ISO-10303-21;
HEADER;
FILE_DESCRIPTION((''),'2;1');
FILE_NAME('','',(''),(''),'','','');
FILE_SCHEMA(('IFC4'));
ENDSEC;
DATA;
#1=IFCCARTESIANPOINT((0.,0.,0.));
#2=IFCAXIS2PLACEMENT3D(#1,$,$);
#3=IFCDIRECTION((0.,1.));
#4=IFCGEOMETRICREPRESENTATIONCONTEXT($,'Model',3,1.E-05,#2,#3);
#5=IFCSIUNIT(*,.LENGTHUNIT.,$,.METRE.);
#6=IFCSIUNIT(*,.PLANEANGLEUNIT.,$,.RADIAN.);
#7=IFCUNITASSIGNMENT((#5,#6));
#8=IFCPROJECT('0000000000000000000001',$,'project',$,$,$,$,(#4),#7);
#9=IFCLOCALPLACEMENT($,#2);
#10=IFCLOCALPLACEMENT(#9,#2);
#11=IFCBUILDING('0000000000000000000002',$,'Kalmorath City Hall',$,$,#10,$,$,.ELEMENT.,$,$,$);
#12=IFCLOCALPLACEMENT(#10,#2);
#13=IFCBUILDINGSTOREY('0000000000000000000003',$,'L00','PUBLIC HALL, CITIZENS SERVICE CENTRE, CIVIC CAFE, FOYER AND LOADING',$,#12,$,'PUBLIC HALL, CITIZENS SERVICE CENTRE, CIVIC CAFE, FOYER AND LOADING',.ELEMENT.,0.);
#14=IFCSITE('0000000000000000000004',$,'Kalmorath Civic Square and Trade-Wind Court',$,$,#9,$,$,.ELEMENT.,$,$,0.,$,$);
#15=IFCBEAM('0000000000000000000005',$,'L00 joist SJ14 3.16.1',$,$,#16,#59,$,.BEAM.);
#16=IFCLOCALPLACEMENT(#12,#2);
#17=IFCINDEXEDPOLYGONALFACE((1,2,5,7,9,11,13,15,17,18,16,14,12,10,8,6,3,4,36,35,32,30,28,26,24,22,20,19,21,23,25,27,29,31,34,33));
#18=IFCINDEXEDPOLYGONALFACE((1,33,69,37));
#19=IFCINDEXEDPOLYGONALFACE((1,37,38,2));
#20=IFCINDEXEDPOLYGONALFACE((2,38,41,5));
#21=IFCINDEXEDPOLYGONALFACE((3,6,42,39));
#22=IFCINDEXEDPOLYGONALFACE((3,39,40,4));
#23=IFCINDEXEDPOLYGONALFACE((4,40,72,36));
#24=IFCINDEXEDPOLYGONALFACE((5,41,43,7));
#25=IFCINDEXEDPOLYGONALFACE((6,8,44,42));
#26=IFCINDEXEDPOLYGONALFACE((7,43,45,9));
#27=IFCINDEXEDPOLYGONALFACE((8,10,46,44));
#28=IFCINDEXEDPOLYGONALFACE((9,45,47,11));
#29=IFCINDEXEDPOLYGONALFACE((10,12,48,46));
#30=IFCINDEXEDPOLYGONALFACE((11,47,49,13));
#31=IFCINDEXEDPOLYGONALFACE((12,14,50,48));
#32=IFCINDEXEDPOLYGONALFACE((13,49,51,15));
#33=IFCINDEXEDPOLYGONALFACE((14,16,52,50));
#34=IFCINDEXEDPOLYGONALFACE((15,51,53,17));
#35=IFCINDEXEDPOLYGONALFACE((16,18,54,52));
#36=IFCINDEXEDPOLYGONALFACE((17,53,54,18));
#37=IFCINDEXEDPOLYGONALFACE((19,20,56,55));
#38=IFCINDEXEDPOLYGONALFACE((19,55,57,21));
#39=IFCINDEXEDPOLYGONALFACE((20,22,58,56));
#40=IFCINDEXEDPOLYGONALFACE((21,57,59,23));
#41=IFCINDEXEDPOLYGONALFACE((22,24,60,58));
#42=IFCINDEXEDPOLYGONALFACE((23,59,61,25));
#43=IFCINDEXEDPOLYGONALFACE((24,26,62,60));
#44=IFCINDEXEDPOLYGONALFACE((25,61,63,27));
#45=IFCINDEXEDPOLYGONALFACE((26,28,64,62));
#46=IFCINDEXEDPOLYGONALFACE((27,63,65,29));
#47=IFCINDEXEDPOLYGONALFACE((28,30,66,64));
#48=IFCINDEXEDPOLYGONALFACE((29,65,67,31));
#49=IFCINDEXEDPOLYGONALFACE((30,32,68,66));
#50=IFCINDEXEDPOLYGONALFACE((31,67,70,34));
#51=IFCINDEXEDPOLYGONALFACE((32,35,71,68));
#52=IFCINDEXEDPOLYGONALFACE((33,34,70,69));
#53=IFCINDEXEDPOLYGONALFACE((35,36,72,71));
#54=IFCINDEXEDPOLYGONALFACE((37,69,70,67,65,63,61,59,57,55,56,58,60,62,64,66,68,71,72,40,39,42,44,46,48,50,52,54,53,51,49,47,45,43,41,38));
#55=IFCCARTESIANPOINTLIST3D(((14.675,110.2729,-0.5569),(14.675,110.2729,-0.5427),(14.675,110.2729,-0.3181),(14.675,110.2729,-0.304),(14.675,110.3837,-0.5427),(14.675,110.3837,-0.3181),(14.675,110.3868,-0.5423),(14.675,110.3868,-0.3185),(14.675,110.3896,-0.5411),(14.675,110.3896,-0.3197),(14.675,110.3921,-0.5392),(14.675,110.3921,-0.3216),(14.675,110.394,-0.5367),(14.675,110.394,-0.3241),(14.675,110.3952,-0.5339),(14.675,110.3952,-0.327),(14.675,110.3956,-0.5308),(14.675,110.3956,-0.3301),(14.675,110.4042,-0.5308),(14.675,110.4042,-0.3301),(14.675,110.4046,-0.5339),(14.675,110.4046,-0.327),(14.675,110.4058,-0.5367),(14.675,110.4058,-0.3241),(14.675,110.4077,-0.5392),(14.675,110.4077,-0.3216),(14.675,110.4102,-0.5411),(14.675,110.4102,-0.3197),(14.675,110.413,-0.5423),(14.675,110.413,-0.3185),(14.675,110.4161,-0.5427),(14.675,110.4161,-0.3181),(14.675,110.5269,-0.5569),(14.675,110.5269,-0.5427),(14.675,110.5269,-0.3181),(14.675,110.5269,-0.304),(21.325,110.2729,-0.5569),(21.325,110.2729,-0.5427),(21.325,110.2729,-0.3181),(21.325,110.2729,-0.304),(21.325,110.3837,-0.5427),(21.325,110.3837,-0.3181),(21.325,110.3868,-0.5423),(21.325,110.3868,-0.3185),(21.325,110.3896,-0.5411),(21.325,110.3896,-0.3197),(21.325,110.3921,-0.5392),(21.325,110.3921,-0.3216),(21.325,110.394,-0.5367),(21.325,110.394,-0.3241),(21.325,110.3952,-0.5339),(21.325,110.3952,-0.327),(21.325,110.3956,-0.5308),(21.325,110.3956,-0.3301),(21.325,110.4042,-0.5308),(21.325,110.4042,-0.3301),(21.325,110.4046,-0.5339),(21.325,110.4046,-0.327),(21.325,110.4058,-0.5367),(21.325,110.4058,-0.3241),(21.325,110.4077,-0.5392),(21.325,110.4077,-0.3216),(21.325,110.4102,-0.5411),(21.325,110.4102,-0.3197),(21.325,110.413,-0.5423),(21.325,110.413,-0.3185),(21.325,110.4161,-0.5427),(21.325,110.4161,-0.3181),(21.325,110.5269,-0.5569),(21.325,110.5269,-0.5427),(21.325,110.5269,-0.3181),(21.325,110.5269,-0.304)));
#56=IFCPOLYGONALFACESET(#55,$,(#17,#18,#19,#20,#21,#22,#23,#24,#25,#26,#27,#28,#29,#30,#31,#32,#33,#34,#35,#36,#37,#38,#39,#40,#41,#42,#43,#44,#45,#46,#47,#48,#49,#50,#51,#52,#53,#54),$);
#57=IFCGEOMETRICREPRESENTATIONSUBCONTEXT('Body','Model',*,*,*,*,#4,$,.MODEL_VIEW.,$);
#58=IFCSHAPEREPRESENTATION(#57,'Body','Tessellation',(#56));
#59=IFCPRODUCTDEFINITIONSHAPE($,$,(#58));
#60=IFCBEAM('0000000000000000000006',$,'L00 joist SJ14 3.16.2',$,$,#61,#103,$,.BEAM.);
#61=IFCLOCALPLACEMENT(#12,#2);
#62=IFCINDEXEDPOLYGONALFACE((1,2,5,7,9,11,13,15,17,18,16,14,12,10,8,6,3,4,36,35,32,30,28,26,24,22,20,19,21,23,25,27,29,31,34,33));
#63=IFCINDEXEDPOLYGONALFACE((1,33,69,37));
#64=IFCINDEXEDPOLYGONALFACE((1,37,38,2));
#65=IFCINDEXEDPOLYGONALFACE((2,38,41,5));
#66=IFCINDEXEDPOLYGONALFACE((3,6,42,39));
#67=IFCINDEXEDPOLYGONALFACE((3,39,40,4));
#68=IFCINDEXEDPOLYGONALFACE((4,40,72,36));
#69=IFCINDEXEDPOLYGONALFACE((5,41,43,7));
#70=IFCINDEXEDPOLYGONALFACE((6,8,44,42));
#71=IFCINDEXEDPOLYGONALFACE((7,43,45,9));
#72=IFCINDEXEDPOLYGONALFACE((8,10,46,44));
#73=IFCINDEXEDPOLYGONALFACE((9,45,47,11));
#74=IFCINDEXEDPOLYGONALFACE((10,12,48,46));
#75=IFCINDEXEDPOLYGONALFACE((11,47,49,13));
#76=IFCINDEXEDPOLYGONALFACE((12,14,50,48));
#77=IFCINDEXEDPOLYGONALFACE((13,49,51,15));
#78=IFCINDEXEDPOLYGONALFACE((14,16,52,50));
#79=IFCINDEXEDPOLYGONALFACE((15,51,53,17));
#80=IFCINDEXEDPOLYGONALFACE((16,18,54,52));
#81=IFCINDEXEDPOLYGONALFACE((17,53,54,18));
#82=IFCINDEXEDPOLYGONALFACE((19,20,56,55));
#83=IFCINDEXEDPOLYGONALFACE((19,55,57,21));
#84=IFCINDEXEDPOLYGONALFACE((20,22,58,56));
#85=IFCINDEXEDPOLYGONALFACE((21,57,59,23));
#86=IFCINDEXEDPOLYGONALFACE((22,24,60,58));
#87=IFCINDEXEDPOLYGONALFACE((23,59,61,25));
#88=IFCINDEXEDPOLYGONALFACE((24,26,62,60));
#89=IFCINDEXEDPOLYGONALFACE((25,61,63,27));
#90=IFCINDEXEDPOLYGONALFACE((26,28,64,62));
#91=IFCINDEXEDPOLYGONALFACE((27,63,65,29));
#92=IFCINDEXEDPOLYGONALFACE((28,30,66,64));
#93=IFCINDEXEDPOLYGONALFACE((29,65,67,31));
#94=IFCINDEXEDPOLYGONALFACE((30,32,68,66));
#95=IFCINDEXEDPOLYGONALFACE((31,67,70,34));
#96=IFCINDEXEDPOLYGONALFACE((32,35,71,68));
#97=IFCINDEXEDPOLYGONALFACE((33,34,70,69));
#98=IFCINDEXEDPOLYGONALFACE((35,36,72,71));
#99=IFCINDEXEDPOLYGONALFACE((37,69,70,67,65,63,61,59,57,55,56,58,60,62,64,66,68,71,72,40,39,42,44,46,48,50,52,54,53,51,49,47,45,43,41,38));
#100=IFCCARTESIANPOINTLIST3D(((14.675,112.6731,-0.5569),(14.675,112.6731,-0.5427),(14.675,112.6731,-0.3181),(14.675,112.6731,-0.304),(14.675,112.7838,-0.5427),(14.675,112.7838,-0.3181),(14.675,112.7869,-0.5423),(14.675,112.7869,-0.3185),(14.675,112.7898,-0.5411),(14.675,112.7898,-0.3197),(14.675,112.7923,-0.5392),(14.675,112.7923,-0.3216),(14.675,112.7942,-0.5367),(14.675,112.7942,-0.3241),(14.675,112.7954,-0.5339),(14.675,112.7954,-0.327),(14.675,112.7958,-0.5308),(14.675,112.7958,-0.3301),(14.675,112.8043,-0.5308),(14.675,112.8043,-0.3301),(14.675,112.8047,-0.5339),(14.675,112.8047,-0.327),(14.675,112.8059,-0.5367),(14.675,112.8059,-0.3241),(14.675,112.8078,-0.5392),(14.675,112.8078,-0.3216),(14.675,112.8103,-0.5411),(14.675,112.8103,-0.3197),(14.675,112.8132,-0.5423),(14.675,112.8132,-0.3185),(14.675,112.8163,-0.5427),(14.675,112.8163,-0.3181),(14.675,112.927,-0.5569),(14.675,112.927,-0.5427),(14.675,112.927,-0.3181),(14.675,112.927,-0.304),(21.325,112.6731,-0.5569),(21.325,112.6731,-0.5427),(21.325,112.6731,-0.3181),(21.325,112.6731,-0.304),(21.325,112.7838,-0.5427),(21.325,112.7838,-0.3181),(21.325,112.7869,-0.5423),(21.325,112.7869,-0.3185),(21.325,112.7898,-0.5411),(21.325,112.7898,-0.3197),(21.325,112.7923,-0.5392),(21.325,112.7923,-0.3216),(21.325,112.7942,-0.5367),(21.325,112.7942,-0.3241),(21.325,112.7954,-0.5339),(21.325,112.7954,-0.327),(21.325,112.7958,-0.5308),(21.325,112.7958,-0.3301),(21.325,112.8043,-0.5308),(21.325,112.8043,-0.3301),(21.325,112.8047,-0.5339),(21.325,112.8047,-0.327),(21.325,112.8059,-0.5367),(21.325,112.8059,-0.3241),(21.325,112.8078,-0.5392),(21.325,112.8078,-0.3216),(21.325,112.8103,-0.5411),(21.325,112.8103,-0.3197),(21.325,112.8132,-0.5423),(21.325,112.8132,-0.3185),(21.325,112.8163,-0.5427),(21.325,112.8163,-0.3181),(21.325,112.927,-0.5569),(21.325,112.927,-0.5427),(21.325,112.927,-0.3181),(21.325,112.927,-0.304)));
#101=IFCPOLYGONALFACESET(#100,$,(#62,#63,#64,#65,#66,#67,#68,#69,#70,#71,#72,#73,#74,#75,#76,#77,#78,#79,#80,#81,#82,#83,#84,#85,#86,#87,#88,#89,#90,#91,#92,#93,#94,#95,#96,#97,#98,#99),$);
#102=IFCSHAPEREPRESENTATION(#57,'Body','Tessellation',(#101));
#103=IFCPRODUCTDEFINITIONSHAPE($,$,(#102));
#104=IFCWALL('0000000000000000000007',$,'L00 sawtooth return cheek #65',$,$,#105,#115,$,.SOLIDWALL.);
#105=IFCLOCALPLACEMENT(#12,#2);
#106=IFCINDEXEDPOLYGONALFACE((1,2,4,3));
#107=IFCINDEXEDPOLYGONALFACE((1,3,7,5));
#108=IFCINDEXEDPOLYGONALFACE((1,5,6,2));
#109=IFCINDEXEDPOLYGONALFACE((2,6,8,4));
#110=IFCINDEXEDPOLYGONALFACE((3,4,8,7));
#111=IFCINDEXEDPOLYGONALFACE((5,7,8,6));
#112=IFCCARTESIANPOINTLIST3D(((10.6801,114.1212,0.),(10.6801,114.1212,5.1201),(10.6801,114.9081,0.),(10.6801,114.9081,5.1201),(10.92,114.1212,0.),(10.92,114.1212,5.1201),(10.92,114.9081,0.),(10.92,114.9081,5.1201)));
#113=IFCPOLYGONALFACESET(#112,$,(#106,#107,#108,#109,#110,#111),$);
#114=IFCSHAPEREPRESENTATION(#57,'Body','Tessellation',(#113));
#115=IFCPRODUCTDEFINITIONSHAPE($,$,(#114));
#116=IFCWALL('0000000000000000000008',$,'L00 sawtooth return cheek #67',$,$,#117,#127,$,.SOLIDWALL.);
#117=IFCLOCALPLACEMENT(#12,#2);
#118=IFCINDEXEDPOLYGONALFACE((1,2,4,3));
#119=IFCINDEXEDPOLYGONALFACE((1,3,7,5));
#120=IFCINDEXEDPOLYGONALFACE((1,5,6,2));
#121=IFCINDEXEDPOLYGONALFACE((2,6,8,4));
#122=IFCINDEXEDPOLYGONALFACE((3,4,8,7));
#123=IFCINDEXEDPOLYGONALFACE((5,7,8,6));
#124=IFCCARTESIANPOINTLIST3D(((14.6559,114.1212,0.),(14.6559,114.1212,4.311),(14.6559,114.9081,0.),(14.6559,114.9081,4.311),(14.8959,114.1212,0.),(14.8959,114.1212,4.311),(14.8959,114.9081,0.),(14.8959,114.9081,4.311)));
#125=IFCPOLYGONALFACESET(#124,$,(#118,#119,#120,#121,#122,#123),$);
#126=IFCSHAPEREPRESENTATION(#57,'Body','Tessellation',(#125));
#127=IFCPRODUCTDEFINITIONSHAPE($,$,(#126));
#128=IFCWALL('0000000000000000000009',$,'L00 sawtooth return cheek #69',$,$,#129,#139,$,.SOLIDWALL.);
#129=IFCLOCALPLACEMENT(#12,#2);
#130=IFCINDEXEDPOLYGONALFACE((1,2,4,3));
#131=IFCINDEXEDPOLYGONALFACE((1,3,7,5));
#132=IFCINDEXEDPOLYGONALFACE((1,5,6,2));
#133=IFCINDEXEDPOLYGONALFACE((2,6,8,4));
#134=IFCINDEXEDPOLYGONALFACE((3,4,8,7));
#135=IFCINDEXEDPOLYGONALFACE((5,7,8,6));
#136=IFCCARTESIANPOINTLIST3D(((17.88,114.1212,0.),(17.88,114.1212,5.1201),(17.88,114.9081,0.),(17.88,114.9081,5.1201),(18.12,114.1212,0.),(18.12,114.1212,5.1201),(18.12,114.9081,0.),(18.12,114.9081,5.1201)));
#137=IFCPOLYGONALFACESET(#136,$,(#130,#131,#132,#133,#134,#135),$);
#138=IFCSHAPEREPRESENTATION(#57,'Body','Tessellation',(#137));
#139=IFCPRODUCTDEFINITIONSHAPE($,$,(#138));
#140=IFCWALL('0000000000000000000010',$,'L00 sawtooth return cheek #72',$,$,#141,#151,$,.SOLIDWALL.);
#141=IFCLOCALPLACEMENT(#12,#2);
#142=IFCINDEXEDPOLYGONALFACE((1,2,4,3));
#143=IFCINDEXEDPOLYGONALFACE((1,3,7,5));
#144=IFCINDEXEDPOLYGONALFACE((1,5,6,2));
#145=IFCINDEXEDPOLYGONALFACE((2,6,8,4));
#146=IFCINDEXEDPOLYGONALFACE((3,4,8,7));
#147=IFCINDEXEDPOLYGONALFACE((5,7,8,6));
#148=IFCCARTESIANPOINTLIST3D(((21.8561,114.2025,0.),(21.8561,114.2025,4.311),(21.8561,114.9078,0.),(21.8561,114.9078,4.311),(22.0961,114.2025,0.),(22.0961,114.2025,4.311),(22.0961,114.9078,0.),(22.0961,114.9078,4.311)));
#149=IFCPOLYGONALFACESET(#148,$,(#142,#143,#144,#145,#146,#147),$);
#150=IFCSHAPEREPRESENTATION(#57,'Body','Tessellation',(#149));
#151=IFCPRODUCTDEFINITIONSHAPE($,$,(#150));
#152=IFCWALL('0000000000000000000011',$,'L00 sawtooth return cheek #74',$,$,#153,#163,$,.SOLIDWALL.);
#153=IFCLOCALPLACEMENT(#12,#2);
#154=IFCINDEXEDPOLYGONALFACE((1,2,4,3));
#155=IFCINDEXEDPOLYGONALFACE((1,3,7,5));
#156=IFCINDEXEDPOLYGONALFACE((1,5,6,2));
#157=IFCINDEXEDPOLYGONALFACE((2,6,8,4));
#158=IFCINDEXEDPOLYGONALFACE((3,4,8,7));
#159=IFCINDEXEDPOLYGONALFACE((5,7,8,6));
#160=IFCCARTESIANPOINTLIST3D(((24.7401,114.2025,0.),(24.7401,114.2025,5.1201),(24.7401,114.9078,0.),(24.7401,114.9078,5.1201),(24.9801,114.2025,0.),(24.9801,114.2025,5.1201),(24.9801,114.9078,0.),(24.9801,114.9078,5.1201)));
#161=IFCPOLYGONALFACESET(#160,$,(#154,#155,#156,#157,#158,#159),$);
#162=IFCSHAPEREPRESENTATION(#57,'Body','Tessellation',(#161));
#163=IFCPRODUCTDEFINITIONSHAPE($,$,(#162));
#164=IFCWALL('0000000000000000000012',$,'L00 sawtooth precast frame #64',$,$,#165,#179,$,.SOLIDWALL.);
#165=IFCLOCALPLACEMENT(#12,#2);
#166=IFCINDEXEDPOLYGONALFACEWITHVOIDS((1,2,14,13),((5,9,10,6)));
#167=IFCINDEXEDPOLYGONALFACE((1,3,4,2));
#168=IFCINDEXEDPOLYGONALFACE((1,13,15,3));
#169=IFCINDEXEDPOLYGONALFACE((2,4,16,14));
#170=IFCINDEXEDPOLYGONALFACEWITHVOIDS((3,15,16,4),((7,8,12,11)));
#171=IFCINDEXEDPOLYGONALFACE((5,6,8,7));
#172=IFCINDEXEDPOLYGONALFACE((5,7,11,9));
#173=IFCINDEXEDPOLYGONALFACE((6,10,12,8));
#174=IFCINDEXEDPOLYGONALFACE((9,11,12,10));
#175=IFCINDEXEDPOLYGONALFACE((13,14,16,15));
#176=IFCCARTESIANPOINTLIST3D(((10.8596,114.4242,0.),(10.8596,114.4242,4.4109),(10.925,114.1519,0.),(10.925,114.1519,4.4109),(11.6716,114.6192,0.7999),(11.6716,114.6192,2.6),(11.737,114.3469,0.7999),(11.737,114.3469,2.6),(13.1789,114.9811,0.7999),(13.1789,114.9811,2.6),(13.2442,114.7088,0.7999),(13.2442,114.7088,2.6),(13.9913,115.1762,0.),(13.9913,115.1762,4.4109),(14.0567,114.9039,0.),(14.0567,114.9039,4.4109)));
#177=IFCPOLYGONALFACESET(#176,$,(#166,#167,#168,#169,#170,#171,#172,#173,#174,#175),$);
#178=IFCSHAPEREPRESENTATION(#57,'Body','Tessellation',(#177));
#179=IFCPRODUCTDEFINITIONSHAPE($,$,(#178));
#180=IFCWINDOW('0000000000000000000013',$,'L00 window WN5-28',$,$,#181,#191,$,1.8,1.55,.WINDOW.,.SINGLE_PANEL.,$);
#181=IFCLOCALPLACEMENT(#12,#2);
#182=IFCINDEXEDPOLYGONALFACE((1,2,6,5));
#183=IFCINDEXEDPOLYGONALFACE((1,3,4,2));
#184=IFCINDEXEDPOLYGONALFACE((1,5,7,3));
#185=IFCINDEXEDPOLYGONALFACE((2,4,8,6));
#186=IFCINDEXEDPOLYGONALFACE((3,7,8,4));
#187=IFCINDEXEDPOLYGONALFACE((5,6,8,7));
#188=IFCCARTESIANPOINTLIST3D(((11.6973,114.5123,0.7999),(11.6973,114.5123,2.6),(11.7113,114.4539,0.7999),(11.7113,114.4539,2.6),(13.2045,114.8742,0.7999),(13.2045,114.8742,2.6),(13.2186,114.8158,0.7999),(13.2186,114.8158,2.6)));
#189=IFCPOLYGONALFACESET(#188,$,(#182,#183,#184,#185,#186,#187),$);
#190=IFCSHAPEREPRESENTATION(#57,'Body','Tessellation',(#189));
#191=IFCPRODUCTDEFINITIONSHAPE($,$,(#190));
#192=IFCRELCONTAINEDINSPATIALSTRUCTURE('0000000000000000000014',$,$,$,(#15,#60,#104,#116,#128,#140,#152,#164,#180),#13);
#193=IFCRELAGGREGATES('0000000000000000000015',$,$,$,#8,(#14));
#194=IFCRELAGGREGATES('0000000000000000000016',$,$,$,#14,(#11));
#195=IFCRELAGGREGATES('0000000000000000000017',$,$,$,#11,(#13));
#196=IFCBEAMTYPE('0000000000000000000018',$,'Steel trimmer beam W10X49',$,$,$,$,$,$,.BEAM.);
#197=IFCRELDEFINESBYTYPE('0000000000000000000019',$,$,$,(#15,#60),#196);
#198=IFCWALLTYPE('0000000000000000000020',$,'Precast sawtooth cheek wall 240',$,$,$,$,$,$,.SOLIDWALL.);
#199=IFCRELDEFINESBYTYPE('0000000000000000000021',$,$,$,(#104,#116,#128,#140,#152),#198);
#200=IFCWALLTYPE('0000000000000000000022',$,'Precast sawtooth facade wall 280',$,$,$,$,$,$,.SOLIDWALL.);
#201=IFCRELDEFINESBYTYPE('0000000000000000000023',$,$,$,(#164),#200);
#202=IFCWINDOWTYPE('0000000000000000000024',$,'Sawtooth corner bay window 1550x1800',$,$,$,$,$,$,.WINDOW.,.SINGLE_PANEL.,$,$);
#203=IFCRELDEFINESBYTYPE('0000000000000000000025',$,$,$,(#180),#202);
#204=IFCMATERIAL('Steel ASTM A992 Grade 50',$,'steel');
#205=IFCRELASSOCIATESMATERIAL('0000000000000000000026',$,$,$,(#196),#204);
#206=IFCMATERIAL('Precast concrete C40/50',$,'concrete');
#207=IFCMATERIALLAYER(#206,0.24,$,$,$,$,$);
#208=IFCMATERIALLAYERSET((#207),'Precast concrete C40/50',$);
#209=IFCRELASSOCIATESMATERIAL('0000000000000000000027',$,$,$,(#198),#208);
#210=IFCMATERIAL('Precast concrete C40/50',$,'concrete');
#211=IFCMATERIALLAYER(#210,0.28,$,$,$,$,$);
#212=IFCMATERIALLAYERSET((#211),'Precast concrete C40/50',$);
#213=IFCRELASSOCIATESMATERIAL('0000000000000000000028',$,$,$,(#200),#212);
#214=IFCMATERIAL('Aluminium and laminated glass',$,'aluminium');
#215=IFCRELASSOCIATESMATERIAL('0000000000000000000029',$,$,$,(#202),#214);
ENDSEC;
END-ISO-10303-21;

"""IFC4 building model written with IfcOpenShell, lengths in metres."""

from ifc_helpers import new_model, si_unit, direction, frame, frame_2d, origin, origin_2d, place, context, subcontext, project, spatial, rectangle, i_section, extrude, material, layer, layer_set, material_profile, profile_set, type_object, element, fill, save


model = new_model("IFC4")

# Units and contexts
model_context = context("Model", 3, precision=1e-05, world=origin(), true_north=direction((0.0, 1.0)))
body_context = subcontext(model_context, "Body", "Model", "MODEL_VIEW")
ifc_project = project(units=[si_unit("LENGTHUNIT", "METRE"), si_unit("PLANEANGLEUNIT", "RADIAN")], contexts=[model_context])

# Site, building, storey
site_placement = place(None, origin())
site = spatial("IfcSite", under=ifc_project, at=site_placement, Name="Kalmorath Civic Square and Trade-Wind Court", CompositionType="ELEMENT", RefElevation=0.0)
building_placement = place(site_placement, origin())
building = spatial("IfcBuilding", under=site, at=building_placement, Name="Kalmorath City Hall", CompositionType="ELEMENT")
storey_placement = place(building_placement, origin())
storey = spatial("IfcBuildingStorey", under=building, at=storey_placement, Name="L00", Description="PUBLIC HALL, CITIZENS SERVICE CENTRE, CIVIC CAFE, FOYER AND LOADING", LongName="PUBLIC HALL, CITIZENS SERVICE CENTRE, CIVIC CAFE, FOYER AND LOADING", CompositionType="ELEMENT", Elevation=0.0)

# Beams
ifc_material_1 = material(Name="Steel ASTM A992 Grade 50", Category="steel")
ifc_material_profile_1 = material_profile(ifc_material_1, i_section(OverallWidth=0.2539, OverallDepth=0.2529, WebThickness=0.0085, FlangeThickness=0.0142, FilletRadius=0.012, at=origin_2d()), Name="W10X49")
ifc_profile_set_1 = profile_set([ifc_material_profile_1], Name="Steel ASTM A992 Grade 50")
beam_type_1 = type_object("IfcBeamType", Name="Steel trimmer beam W10X49", PredefinedType="BEAM", material=ifc_profile_set_1)
for number, where, z_axis, x_axis, name in (
    (1, (14.675, 110.3999, -0.4304), (1.0, 0.0, 0.0), (0.0, 1.0, 0.0), "L00 joist SJ14 3.16.1"),
    (2, (14.675, 112.8, -0.4304), (1.0, 0.0, 0.0), (0.0, 1.0, 0.0), "L00 joist SJ14 3.16.2"),
):
    element("IfcBeam", number, at=place(storey_placement, frame(where, z_axis=z_axis, x_axis=x_axis)), inside=storey, type_object=beam_type_1, Name=name, PredefinedType="BEAM", context=body_context, shape_type="SweptSolid", body=[
        extrude(i_section(OverallWidth=0.2539, OverallDepth=0.2529, WebThickness=0.0085, FlangeThickness=0.0142, FilletRadius=0.012, at=origin_2d()), origin(), (0.0, 0.0, 1.0), 6.6499),
    ])

# Walls
ifc_material_2 = material(Name="Precast concrete C40/50", Category="concrete")
ifc_layer_1 = layer(ifc_material_2, 0.24)
ifc_layer_set_1 = layer_set([ifc_layer_1], Name="Precast concrete C40/50")
wall_type_1 = type_object("IfcWallType", Name="Precast sawtooth cheek wall 240", PredefinedType="SOLIDWALL", material=ifc_layer_set_1)
wall_1_placement = place(storey_placement, frame((10.8, 114.1211, 0.0), z_axis=(0.0, 0.0, 1.0), x_axis=(0.0, 1.0, 0.0)))
element("IfcWall", 3, at=wall_1_placement, inside=storey, type_object=wall_type_1, Name="L00 sawtooth return cheek #65", PredefinedType="SOLIDWALL", context=body_context, shape_type="SweptSolid", body=[
    extrude(rectangle(XDim=0.7869, YDim=0.24, at=frame_2d((0.3936, 0.0))), origin(), (0.0, 0.0, 1.0), 5.1201),
])
wall_2_placement = place(storey_placement, frame((14.7759, 114.1211, 0.0), z_axis=(0.0, 0.0, 1.0), x_axis=(0.0, 1.0, 0.0)))
element("IfcWall", 4, at=wall_2_placement, inside=storey, type_object=wall_type_1, Name="L00 sawtooth return cheek #67", PredefinedType="SOLIDWALL", context=body_context, shape_type="SweptSolid", body=[
    extrude(rectangle(XDim=0.7869, YDim=0.24, at=frame_2d((0.3936, 0.0))), origin(), (0.0, 0.0, 1.0), 4.311),
])
wall_3_placement = place(storey_placement, frame((18.0, 114.1211, 0.0), z_axis=(0.0, 0.0, 1.0), x_axis=(0.0, 1.0, 0.0)))
element("IfcWall", 5, at=wall_3_placement, inside=storey, type_object=wall_type_1, Name="L00 sawtooth return cheek #69", PredefinedType="SOLIDWALL", context=body_context, shape_type="SweptSolid", body=[
    extrude(rectangle(XDim=0.7869, YDim=0.24, at=frame_2d((0.3936, 0.0))), origin(), (0.0, 0.0, 1.0), 5.1201),
])
wall_4_placement = place(storey_placement, frame((21.9761, 114.2026, 0.0), z_axis=(0.0, 0.0, 1.0), x_axis=(0.0, 1.0, 0.0)))
element("IfcWall", 6, at=wall_4_placement, inside=storey, type_object=wall_type_1, Name="L00 sawtooth return cheek #72", PredefinedType="SOLIDWALL", context=body_context, shape_type="SweptSolid", body=[
    extrude(rectangle(XDim=0.7053, YDim=0.24, at=frame_2d((0.3525, 0.0))), origin(), (0.0, 0.0, 1.0), 4.311),
])
wall_5_placement = place(storey_placement, frame((24.8601, 114.2026, 0.0), z_axis=(0.0, 0.0, 1.0), x_axis=(0.0, 1.0, 0.0)))
element("IfcWall", 7, at=wall_5_placement, inside=storey, type_object=wall_type_1, Name="L00 sawtooth return cheek #74", PredefinedType="SOLIDWALL", context=body_context, shape_type="SweptSolid", body=[
    extrude(rectangle(XDim=0.7053, YDim=0.24, at=frame_2d((0.3525, 0.0))), origin(), (0.0, 0.0, 1.0), 5.1201),
])

# Wall, opening, window
ifc_material_3 = material(Name="Precast concrete C40/50", Category="concrete")
ifc_layer_2 = layer(ifc_material_3, 0.28)
ifc_layer_set_2 = layer_set([ifc_layer_2], Name="Precast concrete C40/50")
wall_type_2 = type_object("IfcWallType", Name="Precast sawtooth facade wall 280", PredefinedType="SOLIDWALL", material=ifc_layer_set_2)
wall_6_placement = place(storey_placement, frame((10.8923, 114.2881, 0.0), z_axis=(0.0, 0.0, 1.0), x_axis=(0.972361, 0.233482, 0.0)))
wall_6 = element("IfcWall", 8, at=wall_6_placement, inside=storey, type_object=wall_type_2, Name="L00 sawtooth precast frame #64", PredefinedType="SOLIDWALL", context=body_context, shape_type="SweptSolid", body=[
    extrude(rectangle(XDim=3.2207, YDim=0.28, at=frame_2d((1.6104, 0.0))), origin(), (0.0, 0.0, 1.0), 4.4109),
])
opening_1_placement = place(wall_6_placement, frame((0.8352, 0.0, 0.8)))
opening_1 = element("IfcOpeningElement", 9, at=opening_1_placement, cuts=wall_6, PredefinedType="OPENING", context=body_context, shape_type="SweptSolid", body=[
    extrude(rectangle(XDim=1.55, YDim=1.8, at=frame_2d((0.7749, 0.8999))), frame((0.0, 0.1499, 0.0), z_axis=(0.0, -1.0, 0.0), x_axis=(1.0, 0.0, 0.0)), (0.0, 0.0, 1.0), 0.3),
])
ifc_material_4 = material(Name="Aluminium and laminated glass", Category="aluminium")
window_type_1 = type_object("IfcWindowType", Name="Sawtooth corner bay window 1550x1800", PartitioningType="SINGLE_PANEL", PredefinedType="WINDOW", material=ifc_material_4)
window_1_placement = place(opening_1_placement, origin())
window_1 = element("IfcWindow", 10, at=window_1_placement, inside=storey, type_object=window_type_1, Name="L00 window WN5-28", OverallHeight=1.8, OverallWidth=1.55, PartitioningType="SINGLE_PANEL", PredefinedType="WINDOW", context=body_context, shape_type="SweptSolid", body=[
    extrude(rectangle(XDim=1.55, YDim=1.8, at=frame_2d((0.7749, 0.8999))), frame((0.0, 0.03, 0.0), z_axis=(0.0, -1.0, 0.0), x_axis=(1.0, 0.0, 0.0)), (0.0, 0.0, 1.0), 0.0601),
])
fill(opening_1, window_1)

save(model, "model.ifc")
